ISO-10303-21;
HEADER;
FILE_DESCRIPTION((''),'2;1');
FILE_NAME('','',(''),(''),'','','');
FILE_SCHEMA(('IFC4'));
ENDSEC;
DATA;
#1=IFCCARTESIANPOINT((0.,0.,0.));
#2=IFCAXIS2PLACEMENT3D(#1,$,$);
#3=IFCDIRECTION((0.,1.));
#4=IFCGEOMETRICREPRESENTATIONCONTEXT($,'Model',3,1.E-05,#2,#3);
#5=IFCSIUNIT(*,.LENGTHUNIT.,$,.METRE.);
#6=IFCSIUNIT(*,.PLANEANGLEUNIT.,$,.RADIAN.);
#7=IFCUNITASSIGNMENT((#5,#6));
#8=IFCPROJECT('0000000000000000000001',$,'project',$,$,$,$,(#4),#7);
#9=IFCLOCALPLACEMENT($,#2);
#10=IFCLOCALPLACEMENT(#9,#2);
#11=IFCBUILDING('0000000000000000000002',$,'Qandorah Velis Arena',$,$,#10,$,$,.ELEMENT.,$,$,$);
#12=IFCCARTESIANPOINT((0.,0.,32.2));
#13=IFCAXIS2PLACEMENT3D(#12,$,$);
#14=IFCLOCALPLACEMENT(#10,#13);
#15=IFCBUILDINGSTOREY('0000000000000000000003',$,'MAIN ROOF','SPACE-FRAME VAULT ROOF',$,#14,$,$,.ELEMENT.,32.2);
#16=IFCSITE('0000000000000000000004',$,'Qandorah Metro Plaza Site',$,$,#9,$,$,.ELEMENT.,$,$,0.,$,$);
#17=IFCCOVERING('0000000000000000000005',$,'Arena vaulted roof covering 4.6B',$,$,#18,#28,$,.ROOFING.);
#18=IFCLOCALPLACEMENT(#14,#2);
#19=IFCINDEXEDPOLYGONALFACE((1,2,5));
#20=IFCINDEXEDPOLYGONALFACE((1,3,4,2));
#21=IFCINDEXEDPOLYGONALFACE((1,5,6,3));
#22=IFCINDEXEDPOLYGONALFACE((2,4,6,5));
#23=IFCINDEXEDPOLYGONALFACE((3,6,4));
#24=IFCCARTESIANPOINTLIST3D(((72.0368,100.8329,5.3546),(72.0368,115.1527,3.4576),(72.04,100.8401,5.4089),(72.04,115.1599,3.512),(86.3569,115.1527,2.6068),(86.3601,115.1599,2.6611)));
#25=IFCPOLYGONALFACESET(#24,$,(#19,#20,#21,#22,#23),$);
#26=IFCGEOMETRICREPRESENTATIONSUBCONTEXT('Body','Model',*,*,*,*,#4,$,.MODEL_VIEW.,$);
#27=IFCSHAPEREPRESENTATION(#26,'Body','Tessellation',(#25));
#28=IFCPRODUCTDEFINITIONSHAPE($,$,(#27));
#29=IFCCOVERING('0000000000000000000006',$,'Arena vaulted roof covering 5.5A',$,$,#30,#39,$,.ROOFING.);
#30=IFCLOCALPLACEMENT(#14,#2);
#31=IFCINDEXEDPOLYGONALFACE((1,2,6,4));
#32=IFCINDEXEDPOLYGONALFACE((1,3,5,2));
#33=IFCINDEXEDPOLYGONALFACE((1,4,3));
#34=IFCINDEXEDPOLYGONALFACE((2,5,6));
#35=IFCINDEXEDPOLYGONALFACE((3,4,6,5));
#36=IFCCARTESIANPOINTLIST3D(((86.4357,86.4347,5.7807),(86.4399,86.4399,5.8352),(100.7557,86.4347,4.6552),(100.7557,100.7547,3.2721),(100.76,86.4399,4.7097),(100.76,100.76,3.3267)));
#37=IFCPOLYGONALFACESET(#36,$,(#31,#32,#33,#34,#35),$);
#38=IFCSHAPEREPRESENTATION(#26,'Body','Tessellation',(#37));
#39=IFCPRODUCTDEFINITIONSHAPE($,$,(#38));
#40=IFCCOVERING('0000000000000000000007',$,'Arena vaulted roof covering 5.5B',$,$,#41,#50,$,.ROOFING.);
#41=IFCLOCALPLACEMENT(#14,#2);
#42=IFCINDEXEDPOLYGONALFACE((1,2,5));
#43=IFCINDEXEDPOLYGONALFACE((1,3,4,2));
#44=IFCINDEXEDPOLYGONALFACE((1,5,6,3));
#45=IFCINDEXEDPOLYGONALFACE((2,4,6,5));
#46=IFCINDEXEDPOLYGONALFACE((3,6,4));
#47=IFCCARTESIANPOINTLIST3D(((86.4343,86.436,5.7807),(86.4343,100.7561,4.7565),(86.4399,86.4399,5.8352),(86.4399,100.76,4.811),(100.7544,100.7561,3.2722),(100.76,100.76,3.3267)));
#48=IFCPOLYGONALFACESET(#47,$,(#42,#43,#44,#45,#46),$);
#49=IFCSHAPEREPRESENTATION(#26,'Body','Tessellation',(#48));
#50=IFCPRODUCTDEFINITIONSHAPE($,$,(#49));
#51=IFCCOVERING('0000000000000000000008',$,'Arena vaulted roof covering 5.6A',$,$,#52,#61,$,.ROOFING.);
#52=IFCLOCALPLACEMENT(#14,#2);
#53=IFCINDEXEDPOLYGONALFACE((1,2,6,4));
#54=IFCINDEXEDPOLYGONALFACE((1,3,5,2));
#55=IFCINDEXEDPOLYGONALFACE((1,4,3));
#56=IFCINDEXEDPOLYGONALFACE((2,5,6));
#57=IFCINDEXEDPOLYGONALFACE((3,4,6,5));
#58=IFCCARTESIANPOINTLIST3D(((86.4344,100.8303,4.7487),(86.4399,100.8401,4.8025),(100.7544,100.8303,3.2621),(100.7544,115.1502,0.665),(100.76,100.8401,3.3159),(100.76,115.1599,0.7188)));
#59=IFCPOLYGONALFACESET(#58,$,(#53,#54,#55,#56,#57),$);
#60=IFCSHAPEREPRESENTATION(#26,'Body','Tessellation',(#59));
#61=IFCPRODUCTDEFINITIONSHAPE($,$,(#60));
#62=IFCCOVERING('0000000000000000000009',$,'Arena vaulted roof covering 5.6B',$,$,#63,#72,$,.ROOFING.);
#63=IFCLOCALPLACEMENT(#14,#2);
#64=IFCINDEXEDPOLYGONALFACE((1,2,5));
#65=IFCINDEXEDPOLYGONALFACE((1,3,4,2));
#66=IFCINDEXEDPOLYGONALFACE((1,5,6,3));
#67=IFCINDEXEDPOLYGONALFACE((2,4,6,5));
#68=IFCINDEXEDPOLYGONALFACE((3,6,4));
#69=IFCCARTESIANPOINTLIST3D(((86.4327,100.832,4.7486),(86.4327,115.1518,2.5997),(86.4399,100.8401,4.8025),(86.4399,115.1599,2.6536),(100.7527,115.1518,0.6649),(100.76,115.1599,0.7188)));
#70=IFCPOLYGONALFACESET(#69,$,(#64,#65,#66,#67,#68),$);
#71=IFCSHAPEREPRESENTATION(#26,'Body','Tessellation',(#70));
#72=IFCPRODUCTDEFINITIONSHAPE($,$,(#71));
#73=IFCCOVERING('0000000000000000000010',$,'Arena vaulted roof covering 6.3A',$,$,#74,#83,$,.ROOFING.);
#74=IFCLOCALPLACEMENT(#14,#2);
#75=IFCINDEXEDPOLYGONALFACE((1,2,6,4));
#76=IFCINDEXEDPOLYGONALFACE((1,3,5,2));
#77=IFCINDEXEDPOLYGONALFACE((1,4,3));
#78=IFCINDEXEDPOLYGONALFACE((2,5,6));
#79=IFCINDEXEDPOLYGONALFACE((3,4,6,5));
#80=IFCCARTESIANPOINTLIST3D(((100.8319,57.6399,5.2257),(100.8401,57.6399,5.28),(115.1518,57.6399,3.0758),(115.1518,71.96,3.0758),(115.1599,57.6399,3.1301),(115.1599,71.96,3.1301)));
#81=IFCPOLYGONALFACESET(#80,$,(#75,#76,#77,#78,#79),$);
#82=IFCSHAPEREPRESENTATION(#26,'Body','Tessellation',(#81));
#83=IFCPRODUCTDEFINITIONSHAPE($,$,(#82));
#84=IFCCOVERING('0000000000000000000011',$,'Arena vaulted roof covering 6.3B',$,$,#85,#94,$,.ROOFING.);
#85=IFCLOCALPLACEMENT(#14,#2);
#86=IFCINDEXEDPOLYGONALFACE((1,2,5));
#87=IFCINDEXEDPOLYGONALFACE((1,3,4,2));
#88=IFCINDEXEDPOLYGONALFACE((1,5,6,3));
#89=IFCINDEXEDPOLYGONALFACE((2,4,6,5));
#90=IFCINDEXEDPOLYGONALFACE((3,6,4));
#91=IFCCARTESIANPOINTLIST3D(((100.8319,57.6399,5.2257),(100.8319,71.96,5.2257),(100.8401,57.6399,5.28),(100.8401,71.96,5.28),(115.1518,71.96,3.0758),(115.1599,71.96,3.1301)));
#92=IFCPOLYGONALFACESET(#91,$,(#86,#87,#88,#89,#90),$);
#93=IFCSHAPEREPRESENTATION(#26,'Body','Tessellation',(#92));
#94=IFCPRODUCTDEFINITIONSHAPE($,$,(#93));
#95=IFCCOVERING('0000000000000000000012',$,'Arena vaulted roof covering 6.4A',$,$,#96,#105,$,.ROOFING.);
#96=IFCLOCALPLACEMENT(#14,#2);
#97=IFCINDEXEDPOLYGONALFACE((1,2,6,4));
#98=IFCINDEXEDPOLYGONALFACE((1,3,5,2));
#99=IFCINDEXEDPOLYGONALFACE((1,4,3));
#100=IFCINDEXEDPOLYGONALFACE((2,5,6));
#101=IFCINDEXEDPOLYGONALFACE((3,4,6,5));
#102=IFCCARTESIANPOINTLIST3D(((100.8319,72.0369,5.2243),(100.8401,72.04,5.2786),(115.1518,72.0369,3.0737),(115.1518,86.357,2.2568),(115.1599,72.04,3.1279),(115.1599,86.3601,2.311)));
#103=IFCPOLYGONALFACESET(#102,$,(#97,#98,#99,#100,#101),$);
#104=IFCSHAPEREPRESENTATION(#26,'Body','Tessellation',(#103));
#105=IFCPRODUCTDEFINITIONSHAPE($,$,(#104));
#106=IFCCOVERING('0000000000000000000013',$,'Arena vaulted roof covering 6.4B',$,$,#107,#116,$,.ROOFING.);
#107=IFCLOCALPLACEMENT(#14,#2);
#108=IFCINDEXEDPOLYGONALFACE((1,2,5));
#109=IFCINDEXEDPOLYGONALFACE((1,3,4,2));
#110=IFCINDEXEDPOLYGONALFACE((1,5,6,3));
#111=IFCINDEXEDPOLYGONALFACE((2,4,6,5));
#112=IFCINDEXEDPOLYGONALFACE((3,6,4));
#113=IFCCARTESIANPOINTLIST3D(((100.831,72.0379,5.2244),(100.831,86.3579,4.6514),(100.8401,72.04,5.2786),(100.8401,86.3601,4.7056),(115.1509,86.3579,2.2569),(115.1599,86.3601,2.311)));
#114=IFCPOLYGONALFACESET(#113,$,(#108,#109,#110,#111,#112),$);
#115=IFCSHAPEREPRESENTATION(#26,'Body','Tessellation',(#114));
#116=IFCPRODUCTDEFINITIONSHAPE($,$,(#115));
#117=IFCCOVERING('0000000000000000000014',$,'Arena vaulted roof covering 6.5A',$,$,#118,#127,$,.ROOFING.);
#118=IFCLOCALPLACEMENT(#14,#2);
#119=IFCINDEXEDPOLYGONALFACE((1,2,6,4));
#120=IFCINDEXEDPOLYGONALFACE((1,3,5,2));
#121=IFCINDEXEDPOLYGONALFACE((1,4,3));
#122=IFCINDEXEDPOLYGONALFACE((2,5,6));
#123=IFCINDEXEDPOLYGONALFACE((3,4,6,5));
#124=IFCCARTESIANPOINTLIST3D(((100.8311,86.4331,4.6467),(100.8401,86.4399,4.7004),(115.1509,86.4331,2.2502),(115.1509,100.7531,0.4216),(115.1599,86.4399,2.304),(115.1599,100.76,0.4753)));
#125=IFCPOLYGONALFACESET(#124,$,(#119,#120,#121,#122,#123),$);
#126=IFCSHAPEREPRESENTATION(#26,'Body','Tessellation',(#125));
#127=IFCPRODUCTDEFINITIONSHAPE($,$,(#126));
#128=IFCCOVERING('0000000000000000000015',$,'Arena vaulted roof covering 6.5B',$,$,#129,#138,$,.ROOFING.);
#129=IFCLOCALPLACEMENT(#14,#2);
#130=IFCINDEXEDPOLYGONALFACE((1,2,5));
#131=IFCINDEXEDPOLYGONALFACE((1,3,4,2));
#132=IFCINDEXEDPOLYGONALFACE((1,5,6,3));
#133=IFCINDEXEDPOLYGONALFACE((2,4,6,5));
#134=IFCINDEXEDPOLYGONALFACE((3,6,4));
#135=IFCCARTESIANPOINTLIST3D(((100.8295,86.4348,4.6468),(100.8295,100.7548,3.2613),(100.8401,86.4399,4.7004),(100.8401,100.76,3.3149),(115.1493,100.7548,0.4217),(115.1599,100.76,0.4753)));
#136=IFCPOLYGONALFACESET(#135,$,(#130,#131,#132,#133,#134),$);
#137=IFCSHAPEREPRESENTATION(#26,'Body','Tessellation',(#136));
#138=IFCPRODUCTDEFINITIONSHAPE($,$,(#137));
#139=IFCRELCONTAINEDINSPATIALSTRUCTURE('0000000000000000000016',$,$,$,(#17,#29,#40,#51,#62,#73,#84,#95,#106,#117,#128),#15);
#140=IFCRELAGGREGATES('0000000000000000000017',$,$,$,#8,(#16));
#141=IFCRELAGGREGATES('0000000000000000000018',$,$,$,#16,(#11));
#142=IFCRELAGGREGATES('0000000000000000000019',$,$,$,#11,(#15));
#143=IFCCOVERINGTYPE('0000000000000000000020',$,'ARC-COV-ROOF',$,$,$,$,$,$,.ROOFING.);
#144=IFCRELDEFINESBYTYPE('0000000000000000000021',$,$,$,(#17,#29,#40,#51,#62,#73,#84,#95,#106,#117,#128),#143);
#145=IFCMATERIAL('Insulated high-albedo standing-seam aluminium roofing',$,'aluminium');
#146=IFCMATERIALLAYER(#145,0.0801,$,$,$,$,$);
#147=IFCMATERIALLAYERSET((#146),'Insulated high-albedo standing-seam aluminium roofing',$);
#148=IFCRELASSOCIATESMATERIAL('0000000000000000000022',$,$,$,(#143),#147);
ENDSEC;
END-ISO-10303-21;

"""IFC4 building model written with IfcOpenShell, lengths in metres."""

from ifc_helpers import new_model, si_unit, direction, frame, origin, place, context, subcontext, project, spatial, polyline, outline, extrude, material, layer, layer_set, type_object, element, save


model = new_model("IFC4")

# Units and contexts
model_context = context("Model", 3, precision=1e-05, world=origin(), true_north=direction((0.0, 1.0)))
body_context = subcontext(model_context, "Body", "Model", "MODEL_VIEW")
ifc_project = project(units=[si_unit("LENGTHUNIT", "METRE"), si_unit("PLANEANGLEUNIT", "RADIAN")], contexts=[model_context])

# Site, building, storey
site_placement = place(None, origin())
site = spatial("IfcSite", under=ifc_project, at=site_placement, Name="Qandorah Metro Plaza Site", CompositionType="ELEMENT", RefElevation=0.0)
building_placement = place(site_placement, origin())
building = spatial("IfcBuilding", under=site, at=building_placement, Name="Qandorah Velis Arena", CompositionType="ELEMENT")
storey_placement = place(building_placement, frame((0.0, 0.0, 32.2)))
storey = spatial("IfcBuildingStorey", under=building, at=storey_placement, Name="MAIN ROOF", Description="SPACE-FRAME VAULT ROOF", CompositionType="ELEMENT", Elevation=32.2)

# Coverings
ifc_material_1 = material(Name="Insulated high-albedo standing-seam aluminium roofing", Category="aluminium")
ifc_layer_1 = layer(ifc_material_1, 0.0801)
ifc_layer_set_1 = layer_set([ifc_layer_1], Name="Insulated high-albedo standing-seam aluminium roofing")
covering_type = type_object("IfcCoveringType", Name="ARC-COV-ROOF", PredefinedType="ROOFING", material=ifc_layer_set_1)
covering_1_placement = place(storey_placement, frame((72.04, 100.8401, 5.4089), z_axis=(0.058799, 0.131097, 0.989624), x_axis=(0.700692, 0.70068, -0.134452)))
element("IfcCovering", 1, at=covering_1_placement, inside=storey, type_object=covering_type, Name="Arena vaulted roof covering 4.6B", PredefinedType="ROOFING", context=body_context, shape_type="SweptSolid", body=[
    extrude(outline(polyline([(0.0, 0.0), (20.437, 0.0), (10.2887, 10.139), (0.0, 0.0)])), origin(), (0.0, 0.0, -1.0), 0.0549),
])
covering_2_placement = place(storey_placement, frame((86.4399, 86.4399, 5.8352), z_axis=(0.077993, 0.095842, 0.992336), x_axis=(0.996926, 0.0, -0.078354)))
element("IfcCovering", 2, at=covering_2_placement, inside=storey, type_object=covering_type, Name="Arena vaulted roof covering 5.5A", PredefinedType="ROOFING", context=body_context, shape_type="SweptSolid", body=[
    extrude(outline(polyline([(0.0, 0.0), (14.3642, 0.0), (14.4726, 14.3863), (0.0, 0.0)])), origin(), (0.0, 0.0, -1.0), 0.0549),
])
covering_3_placement = place(storey_placement, frame((86.4399, 86.4399, 5.8352), z_axis=(0.102845, 0.070959, 0.992163), x_axis=(0.701744, 0.701744, -0.122929)))
element("IfcCovering", 3, at=covering_3_placement, inside=storey, type_object=covering_type, Name="Arena vaulted roof covering 5.5B", PredefinedType="ROOFING", context=body_context, shape_type="SweptSolid", body=[
    extrude(outline(polyline([(0.0, 0.0), (20.4064, 0.0), (10.1749, 10.1284), (0.0, 0.0)])), origin(), (0.0, 0.0, -1.0), 0.0549),
])
covering_4_placement = place(storey_placement, frame((86.4399, 100.8401, 4.8025), z_axis=(0.101615, 0.177534, 0.978855), x_axis=(0.994655, 0.0, -0.103256)))
element("IfcCovering", 4, at=covering_4_placement, inside=storey, type_object=covering_type, Name="Arena vaulted roof covering 5.6A", PredefinedType="ROOFING", context=body_context, shape_type="SweptSolid", body=[
    extrude(outline(polyline([(0.0, 0.0), (14.397, 0.0), (14.6652, 14.551), (0.0, 0.0)])), origin(), (0.0, 0.0, -1.0), 0.0549),
])
covering_5_placement = place(storey_placement, frame((86.4399, 100.8401, 4.8025), z_axis=(0.132439, 0.147097, 0.980215), x_axis=(0.69316, 0.693148, -0.197673)))
element("IfcCovering", 5, at=covering_5_placement, inside=storey, type_object=covering_type, Name="Arena vaulted roof covering 5.6B", PredefinedType="ROOFING", context=body_context, shape_type="SweptSolid", body=[
    extrude(outline(polyline([(0.0, 0.0), (20.6591, 0.0), (10.3505, 10.1263), (0.0, 0.0)])), origin(), (0.0, 0.0, -1.0), 0.0549),
])
covering_6_placement = place(storey_placement, frame((100.8401, 57.6399, 5.28), z_axis=(0.148471, 0.0, 0.988917), x_axis=(0.988917, 0.0, -0.148471)))
element("IfcCovering", 6, at=covering_6_placement, inside=storey, type_object=covering_type, Name="Arena vaulted roof covering 6.3A", PredefinedType="ROOFING", context=body_context, shape_type="SweptSolid", body=[
    extrude(outline(polyline([(0.0, 0.0), (14.4803, 0.0), (14.4803, 14.3201), (0.0, 0.0)])), origin(), (0.0, 0.0, -1.0), 0.0549),
])
covering_7_placement = place(storey_placement, frame((100.8401, 57.6399, 5.28), z_axis=(0.148471, 0.0, 0.988917), x_axis=(0.70315, 0.703162, -0.105567)))
element("IfcCovering", 7, at=covering_7_placement, inside=storey, type_object=covering_type, Name="Arena vaulted roof covering 6.3B", PredefinedType="ROOFING", context=body_context, shape_type="SweptSolid", body=[
    extrude(outline(polyline([(0.0, 0.0), (20.3653, 0.0), (10.0693, 10.182), (0.0, 0.0)])), origin(), (0.0, 0.0, -1.0), 0.0549),
])
covering_8_placement = place(storey_placement, frame((100.8401, 72.04, 5.2786), z_axis=(0.148284, 0.056323, 0.98734), x_axis=(0.988909, 0.0, -0.14852)))
element("IfcCovering", 8, at=covering_8_placement, inside=storey, type_object=covering_type, Name="Arena vaulted roof covering 6.4A", PredefinedType="ROOFING", context=body_context, shape_type="SweptSolid", body=[
    extrude(outline(polyline([(0.0, 0.0), (14.4804, 0.0), (14.6017, 14.3428), (0.0, 0.0)])), origin(), (0.0, 0.0, -1.0), 0.0549),
])
covering_9_placement = place(storey_placement, frame((100.8401, 72.04, 5.2786), z_axis=(0.1648, 0.039435, 0.985538), x_axis=(0.699629, 0.699641, -0.144986)))
element("IfcCovering", 9, at=covering_9_placement, inside=storey, type_object=covering_type, Name="Arena vaulted roof covering 6.4B", PredefinedType="ROOFING", context=body_context, shape_type="SweptSolid", body=[
    extrude(outline(polyline([(0.0, 0.0), (20.4677, 0.0), (10.102, 10.1658), (0.0, 0.0)])), origin(), (0.0, 0.0, -1.0), 0.0549),
])
covering_10_placement = place(storey_placement, frame((100.8401, 86.4399, 4.7004), z_axis=(0.163765, 0.124957, 0.978553), x_axis=(0.986284, 0.0, -0.165059)))
element("IfcCovering", 10, at=covering_10_placement, inside=storey, type_object=covering_type, Name="Arena vaulted roof covering 6.5A", PredefinedType="ROOFING", context=body_context, shape_type="SweptSolid", body=[
    extrude(outline(polyline([(0.0, 0.0), (14.519, 0.0), (14.8208, 14.4332), (0.0, 0.0)])), origin(), (0.0, 0.0, -1.0), 0.0549),
])
covering_11_placement = place(storey_placement, frame((100.8401, 86.4399, 4.7004), z_axis=(0.193641, 0.09448, 0.976513), x_axis=(0.692197, 0.692208, -0.204234)))
element("IfcCovering", 11, at=covering_11_placement, inside=storey, type_object=covering_type, Name="Arena vaulted roof covering 6.5B", PredefinedType="ROOFING", context=body_context, shape_type="SweptSolid", body=[
    extrude(outline(polyline([(0.0, 0.0), (20.6875, 0.0), (10.1954, 10.1507), (0.0, 0.0)])), origin(), (0.0, 0.0, -1.0), 0.0549),
])

save(model, "model.ifc")
